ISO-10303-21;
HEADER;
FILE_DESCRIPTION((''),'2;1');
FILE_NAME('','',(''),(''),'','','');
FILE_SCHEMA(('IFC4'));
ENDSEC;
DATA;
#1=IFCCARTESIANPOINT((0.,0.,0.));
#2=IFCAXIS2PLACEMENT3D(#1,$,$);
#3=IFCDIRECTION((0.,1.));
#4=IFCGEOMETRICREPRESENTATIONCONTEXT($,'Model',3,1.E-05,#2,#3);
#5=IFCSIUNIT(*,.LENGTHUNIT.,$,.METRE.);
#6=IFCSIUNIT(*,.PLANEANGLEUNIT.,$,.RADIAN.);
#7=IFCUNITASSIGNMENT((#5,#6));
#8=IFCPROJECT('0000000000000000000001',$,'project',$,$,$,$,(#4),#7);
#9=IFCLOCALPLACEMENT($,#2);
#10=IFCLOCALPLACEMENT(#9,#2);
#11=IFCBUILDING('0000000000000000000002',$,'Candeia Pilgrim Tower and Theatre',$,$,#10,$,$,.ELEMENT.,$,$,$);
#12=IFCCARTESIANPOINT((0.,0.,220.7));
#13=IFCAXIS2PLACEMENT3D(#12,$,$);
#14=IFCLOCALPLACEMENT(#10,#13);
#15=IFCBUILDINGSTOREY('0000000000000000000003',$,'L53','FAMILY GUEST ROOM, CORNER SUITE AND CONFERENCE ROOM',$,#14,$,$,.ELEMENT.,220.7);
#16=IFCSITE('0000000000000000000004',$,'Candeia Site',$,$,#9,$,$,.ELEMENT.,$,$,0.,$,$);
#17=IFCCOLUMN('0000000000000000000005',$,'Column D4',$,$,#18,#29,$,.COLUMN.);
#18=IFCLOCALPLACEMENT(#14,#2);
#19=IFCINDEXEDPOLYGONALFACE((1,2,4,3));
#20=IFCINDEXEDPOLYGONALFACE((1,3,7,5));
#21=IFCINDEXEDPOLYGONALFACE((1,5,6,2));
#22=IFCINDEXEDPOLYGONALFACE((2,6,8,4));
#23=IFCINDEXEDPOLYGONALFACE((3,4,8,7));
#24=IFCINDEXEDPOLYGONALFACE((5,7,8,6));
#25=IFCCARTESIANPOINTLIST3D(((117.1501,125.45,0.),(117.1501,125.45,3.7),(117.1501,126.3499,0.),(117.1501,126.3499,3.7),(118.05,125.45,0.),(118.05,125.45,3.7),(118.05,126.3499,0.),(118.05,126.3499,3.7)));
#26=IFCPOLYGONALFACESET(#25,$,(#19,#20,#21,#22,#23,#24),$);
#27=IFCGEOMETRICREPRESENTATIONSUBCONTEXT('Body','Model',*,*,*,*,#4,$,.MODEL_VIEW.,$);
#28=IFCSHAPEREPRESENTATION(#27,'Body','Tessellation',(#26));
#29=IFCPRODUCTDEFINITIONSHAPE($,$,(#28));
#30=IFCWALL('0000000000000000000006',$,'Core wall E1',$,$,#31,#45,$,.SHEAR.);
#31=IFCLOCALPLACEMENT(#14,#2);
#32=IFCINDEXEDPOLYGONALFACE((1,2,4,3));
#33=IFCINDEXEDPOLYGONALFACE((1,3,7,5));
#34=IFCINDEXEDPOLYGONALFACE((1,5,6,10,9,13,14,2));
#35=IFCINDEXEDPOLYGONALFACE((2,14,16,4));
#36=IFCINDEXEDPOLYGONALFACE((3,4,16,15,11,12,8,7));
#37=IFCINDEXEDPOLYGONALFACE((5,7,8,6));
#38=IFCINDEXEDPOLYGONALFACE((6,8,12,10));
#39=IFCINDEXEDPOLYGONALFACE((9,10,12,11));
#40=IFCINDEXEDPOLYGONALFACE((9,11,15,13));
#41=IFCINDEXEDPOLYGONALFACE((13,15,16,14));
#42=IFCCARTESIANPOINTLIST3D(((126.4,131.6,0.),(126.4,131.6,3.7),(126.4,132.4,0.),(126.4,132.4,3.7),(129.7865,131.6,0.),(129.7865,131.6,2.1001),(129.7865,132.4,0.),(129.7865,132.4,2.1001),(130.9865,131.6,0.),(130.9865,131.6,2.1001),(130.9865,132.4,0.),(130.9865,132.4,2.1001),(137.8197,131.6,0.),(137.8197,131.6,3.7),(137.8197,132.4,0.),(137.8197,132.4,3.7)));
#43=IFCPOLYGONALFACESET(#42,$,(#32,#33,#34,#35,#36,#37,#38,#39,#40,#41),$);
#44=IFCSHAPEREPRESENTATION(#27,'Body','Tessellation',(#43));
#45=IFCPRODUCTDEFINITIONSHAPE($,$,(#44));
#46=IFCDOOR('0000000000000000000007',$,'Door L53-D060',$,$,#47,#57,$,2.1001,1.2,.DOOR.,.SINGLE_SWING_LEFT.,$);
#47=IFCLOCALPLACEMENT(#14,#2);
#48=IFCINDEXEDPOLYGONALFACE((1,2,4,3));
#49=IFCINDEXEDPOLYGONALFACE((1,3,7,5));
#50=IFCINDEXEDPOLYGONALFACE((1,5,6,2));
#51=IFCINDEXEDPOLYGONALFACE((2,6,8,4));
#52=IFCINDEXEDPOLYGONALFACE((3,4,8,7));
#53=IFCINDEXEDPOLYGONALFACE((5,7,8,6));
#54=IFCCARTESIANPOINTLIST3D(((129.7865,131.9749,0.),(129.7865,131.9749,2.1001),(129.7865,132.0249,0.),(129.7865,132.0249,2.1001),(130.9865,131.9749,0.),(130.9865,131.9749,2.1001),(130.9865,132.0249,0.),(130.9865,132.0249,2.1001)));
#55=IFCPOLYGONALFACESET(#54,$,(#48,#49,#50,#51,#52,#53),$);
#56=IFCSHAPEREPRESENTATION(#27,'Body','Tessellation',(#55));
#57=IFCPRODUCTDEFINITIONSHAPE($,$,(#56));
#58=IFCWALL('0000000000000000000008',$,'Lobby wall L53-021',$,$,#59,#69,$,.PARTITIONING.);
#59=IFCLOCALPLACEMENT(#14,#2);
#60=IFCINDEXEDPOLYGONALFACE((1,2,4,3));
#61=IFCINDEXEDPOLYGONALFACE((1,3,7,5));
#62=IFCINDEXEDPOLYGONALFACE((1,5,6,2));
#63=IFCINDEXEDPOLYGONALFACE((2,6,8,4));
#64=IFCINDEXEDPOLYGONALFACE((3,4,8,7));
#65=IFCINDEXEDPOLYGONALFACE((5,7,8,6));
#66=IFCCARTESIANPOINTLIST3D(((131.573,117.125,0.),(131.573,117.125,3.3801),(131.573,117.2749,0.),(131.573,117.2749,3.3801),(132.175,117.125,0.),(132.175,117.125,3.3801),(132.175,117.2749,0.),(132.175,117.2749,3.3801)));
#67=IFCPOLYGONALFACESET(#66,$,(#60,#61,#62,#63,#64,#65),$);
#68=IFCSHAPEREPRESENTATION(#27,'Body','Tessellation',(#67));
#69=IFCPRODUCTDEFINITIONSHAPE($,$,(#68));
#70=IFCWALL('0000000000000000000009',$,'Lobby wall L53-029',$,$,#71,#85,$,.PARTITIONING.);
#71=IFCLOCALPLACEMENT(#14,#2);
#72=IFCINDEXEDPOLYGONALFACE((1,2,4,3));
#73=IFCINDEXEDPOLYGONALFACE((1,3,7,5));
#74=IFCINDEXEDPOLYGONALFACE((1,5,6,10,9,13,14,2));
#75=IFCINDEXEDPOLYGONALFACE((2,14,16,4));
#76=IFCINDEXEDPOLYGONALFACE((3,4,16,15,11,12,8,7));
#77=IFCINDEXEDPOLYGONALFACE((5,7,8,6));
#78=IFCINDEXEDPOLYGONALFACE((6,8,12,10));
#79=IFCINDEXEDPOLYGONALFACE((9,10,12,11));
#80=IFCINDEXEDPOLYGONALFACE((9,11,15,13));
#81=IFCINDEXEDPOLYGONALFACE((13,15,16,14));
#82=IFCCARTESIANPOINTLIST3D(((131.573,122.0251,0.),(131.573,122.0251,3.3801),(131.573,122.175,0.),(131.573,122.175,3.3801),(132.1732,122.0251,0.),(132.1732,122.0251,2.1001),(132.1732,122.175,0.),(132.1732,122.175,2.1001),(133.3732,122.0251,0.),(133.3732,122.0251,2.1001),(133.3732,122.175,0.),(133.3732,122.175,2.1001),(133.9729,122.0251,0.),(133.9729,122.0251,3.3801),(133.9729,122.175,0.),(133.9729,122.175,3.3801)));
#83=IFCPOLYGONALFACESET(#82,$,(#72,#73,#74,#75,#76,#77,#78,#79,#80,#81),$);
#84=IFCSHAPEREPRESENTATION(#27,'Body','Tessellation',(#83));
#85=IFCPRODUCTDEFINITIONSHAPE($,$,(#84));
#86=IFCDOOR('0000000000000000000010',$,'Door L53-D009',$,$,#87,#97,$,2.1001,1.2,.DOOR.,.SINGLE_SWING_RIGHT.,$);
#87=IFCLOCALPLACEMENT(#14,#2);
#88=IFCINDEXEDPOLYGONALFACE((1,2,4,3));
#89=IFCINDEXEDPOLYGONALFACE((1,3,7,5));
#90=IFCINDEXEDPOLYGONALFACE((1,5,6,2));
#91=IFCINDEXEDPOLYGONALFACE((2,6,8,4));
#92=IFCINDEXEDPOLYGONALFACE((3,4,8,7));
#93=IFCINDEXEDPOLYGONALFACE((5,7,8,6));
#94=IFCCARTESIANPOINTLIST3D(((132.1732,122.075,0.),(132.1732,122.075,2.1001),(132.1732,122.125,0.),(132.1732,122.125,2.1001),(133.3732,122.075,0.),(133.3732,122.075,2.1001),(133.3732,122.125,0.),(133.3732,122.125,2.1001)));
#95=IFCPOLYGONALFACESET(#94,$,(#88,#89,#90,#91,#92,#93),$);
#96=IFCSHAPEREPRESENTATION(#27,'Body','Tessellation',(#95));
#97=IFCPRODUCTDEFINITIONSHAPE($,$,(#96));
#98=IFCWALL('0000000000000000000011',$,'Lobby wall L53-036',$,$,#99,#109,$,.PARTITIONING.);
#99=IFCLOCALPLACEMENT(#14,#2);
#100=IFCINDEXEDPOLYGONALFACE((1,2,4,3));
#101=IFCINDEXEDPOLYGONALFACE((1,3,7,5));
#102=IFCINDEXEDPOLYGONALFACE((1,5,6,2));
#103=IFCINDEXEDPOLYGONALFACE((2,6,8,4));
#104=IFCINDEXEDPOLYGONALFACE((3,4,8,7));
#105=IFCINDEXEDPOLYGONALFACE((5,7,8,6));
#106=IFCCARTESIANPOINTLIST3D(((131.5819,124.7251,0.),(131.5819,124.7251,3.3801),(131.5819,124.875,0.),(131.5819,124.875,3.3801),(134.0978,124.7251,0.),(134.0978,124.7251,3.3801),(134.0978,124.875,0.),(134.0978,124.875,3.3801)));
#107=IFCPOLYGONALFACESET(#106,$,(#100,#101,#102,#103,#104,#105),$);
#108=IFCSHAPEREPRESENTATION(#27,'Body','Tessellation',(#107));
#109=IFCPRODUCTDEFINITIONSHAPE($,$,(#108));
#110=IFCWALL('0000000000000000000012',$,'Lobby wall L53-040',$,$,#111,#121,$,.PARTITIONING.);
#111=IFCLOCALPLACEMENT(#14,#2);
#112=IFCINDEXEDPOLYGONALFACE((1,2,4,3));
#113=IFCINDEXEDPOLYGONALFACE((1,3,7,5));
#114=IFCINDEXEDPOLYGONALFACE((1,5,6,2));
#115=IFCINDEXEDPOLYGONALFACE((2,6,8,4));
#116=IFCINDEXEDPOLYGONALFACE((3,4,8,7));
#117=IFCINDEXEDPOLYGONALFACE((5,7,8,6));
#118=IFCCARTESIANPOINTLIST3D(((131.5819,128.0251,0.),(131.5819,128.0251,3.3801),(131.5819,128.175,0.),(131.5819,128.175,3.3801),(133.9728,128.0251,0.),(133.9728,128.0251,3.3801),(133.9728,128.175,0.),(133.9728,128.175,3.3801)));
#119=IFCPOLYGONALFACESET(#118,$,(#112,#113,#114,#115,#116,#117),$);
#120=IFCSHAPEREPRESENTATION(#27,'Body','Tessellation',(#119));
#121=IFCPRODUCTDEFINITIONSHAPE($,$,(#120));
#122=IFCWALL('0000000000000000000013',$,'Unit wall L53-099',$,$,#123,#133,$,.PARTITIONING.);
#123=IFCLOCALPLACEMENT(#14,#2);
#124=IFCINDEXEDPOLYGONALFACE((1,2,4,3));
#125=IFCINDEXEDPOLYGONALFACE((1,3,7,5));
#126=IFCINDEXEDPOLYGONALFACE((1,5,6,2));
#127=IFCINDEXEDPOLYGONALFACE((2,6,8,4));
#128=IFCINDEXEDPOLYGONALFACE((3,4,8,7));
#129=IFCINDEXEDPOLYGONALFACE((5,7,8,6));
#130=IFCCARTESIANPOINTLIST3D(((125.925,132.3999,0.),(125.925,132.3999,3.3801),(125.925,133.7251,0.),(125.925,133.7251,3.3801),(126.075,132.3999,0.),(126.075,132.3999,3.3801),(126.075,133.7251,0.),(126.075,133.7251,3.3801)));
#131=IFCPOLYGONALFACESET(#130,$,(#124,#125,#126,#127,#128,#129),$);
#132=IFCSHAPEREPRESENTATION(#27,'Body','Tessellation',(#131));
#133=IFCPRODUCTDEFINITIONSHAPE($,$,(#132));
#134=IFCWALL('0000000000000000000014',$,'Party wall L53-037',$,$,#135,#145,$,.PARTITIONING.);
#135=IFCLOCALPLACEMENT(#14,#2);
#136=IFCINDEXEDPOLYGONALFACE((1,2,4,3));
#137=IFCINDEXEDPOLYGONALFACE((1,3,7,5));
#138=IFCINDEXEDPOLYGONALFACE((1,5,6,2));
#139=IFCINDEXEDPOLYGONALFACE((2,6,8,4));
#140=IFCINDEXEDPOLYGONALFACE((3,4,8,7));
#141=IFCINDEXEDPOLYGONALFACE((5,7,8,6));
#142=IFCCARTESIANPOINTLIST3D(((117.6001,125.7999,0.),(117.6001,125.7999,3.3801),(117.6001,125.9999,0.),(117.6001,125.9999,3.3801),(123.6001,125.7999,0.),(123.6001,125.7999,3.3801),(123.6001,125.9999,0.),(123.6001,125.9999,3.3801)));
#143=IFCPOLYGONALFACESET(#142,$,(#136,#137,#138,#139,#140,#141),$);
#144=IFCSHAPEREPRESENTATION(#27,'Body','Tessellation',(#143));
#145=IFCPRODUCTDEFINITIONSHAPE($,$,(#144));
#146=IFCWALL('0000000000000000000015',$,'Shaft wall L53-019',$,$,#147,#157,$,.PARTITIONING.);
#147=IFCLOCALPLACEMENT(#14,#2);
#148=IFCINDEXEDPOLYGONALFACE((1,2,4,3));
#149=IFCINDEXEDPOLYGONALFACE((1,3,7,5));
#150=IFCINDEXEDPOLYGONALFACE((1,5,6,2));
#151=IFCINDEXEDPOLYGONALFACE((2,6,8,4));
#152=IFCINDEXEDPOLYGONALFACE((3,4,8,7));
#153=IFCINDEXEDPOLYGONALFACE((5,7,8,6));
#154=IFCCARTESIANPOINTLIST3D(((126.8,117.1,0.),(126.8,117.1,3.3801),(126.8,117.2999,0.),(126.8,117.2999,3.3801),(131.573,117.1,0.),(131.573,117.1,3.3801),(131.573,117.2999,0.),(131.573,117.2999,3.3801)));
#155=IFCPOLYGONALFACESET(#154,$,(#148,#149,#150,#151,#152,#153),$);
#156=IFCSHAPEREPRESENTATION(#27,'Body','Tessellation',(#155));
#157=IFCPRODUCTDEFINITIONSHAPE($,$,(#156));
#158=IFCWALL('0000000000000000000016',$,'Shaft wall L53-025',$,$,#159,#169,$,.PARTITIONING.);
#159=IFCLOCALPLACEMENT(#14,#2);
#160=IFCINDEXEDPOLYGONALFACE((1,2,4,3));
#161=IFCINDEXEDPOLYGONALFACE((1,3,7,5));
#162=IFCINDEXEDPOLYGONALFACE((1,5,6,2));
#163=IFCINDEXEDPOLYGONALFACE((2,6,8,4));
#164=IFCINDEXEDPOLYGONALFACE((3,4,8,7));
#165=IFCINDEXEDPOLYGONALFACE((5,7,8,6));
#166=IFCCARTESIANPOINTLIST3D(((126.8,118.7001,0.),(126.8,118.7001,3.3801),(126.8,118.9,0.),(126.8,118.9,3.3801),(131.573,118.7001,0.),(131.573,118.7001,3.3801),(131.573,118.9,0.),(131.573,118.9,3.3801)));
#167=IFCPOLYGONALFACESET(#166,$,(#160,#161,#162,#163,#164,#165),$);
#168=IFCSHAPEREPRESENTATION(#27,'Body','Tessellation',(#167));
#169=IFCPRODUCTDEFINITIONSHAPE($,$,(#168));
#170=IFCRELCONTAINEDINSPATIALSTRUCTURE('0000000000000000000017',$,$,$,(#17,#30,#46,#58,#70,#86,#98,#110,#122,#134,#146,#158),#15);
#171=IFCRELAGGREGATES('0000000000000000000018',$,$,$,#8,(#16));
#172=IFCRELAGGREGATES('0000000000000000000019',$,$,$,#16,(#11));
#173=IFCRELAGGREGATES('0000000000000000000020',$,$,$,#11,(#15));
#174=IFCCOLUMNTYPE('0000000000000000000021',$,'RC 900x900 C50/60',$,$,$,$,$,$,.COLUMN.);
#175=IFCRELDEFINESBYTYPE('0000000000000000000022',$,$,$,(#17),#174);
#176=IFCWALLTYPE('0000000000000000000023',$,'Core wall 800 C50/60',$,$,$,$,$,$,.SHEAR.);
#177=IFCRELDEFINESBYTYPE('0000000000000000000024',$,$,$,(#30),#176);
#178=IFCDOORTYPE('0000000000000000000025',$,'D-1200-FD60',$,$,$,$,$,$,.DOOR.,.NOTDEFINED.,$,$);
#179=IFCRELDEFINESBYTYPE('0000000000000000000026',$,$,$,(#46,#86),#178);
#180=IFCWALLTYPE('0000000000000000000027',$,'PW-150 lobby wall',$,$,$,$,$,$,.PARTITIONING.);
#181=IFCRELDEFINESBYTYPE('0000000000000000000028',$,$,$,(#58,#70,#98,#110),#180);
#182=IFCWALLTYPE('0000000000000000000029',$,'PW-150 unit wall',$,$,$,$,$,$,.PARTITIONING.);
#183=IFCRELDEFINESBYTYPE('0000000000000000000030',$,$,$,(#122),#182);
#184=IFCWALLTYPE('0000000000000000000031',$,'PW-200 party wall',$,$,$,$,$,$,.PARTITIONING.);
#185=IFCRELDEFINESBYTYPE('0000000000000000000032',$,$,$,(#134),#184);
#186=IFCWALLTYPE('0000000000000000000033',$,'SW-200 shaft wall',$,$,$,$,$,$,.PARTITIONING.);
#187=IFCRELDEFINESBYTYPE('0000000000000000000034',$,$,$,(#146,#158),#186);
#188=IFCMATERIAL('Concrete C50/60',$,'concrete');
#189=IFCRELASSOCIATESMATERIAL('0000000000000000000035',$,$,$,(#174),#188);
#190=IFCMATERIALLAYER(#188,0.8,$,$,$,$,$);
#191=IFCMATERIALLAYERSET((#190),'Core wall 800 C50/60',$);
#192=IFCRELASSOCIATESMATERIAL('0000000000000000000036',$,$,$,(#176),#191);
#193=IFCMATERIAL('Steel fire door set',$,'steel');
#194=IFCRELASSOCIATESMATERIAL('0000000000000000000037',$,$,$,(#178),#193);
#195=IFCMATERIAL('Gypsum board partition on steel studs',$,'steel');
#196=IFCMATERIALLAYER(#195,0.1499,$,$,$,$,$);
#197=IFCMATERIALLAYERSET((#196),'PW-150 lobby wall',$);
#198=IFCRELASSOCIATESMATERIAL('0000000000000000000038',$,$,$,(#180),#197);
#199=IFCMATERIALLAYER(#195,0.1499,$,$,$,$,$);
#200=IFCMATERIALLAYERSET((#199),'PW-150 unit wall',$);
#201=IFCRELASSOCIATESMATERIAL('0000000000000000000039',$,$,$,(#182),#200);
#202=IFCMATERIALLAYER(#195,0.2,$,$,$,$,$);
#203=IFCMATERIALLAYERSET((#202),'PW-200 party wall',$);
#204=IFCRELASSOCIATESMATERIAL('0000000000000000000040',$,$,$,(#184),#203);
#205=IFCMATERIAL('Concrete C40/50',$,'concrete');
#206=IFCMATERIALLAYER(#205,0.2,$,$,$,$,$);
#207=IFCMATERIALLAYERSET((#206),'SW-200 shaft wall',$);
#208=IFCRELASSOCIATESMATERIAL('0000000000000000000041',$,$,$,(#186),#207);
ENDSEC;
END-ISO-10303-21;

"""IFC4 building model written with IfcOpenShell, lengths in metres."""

from ifc_helpers import new_model, si_unit, direction, frame, frame_2d, origin, origin_2d, place, context, subcontext, project, spatial, rectangle, extrude, material, layer, layer_set, material_profile, profile_set, type_object, element, fill, save


model = new_model("IFC4")

# Units and contexts
model_context = context("Model", 3, precision=1e-05, world=origin(), true_north=direction((0.0, 1.0)))
body_context = subcontext(model_context, "Body", "Model", "MODEL_VIEW")
ifc_project = project(units=[si_unit("LENGTHUNIT", "METRE"), si_unit("PLANEANGLEUNIT", "RADIAN")], contexts=[model_context])

# Site, building, storey
site_placement = place(None, origin())
site = spatial("IfcSite", under=ifc_project, at=site_placement, Name="Candeia Site", CompositionType="ELEMENT", RefElevation=0.0)
building_placement = place(site_placement, origin())
building = spatial("IfcBuilding", under=site, at=building_placement, Name="Candeia Pilgrim Tower and Theatre", CompositionType="ELEMENT")
storey_placement = place(building_placement, frame((0.0, 0.0, 220.7)))
storey = spatial("IfcBuildingStorey", under=building, at=storey_placement, Name="L53", Description="FAMILY GUEST ROOM, CORNER SUITE AND CONFERENCE ROOM", CompositionType="ELEMENT", Elevation=220.7)

# Column
ifc_material_1 = material(Name="Concrete C50/60", Category="concrete")
ifc_material_profile = material_profile(ifc_material_1, rectangle(XDim=0.8999, YDim=0.8999, at=origin_2d()))
ifc_profile_set = profile_set([ifc_material_profile], Name="Concrete C50/60")
column_type = type_object("IfcColumnType", Name="RC 900x900 C50/60", PredefinedType="COLUMN", material=ifc_profile_set)
column_placement = place(storey_placement, frame((117.6001, 125.8999, 0.0), z_axis=(0.0, 0.0, 1.0), x_axis=(1.0, 0.0, 0.0)))
element("IfcColumn", 1, at=column_placement, inside=storey, type_object=column_type, Name="Column D4", PredefinedType="COLUMN", context=body_context, shape_type="SweptSolid", body=[
    extrude(rectangle(XDim=0.8999, YDim=0.8999, at=origin_2d()), origin(), (0.0, 0.0, 1.0), 3.7),
])

# Wall, opening, door
ifc_layer_1 = layer(ifc_material_1, 0.8)
ifc_layer_set_1 = layer_set([ifc_layer_1], Name="Core wall 800 C50/60")
wall_type_1 = type_object("IfcWallType", Name="Core wall 800 C50/60", PredefinedType="SHEAR", material=ifc_layer_set_1)
wall_1_placement = place(storey_placement, frame((126.3999, 132.0, 0.0), z_axis=(0.0, 0.0, 1.0), x_axis=(1.0, 0.0, 0.0)))
wall_1 = element("IfcWall", 2, at=wall_1_placement, inside=storey, type_object=wall_type_1, Name="Core wall E1", PredefinedType="SHEAR", context=body_context, shape_type="SweptSolid", body=[
    extrude(rectangle(XDim=11.4197, YDim=0.8, at=frame_2d((5.71, 0.0))), origin(), (0.0, 0.0, 1.0), 3.7),
])
opening_1_placement = place(wall_1_placement, frame((3.3865, 0.0, 0.0)))
opening_1 = element("IfcOpeningElement", 3, at=opening_1_placement, cuts=wall_1, PredefinedType="OPENING", context=body_context, shape_type="SweptSolid", body=[
    extrude(rectangle(XDim=1.2, YDim=2.1001, at=frame_2d((0.6001, 1.05))), frame((0.0, 0.4102, 0.0), z_axis=(0.0, -1.0, 0.0), x_axis=(1.0, 0.0, 0.0)), (0.0, 0.0, 1.0), 0.8201),
])
ifc_material_2 = material(Name="Steel fire door set", Category="steel")
door_type_1 = type_object("IfcDoorType", Name="D-1200-FD60", OperationType="NOTDEFINED", PredefinedType="DOOR", material=ifc_material_2)
door_1_placement = place(opening_1_placement, origin())
door_1 = element("IfcDoor", 4, at=door_1_placement, inside=storey, type_object=door_type_1, Name="Door L53-D060", OperationType="SINGLE_SWING_LEFT", OverallHeight=2.1001, OverallWidth=1.2, PredefinedType="DOOR", context=body_context, shape_type="SweptSolid", body=[
    extrude(rectangle(XDim=1.2, YDim=2.1001, at=frame_2d((0.6001, 1.05))), frame((0.0, 0.0249, 0.0), z_axis=(0.0, -1.0, 0.0), x_axis=(1.0, 0.0, 0.0)), (0.0, 0.0, 1.0), 0.05),
])
fill(opening_1, door_1)

# Wall
ifc_material_3 = material(Name="Gypsum board partition on steel studs", Category="steel")
ifc_layer_2 = layer(ifc_material_3, 0.1499)
ifc_layer_set_2 = layer_set([ifc_layer_2], Name="PW-150 lobby wall")
wall_type_2 = type_object("IfcWallType", Name="PW-150 lobby wall", PredefinedType="PARTITIONING", material=ifc_layer_set_2)
wall_2_placement = place(storey_placement, frame((131.573, 117.2, 0.0), z_axis=(0.0, 0.0, 1.0), x_axis=(1.0, 0.0, 0.0)))
element("IfcWall", 5, at=wall_2_placement, inside=storey, type_object=wall_type_2, Name="Lobby wall L53-021", PredefinedType="PARTITIONING", context=body_context, shape_type="SweptSolid", body=[
    extrude(rectangle(XDim=0.6021, YDim=0.1499, at=frame_2d((0.301, 0.0))), origin(), (0.0, 0.0, 1.0), 3.3801),
])

# Wall, opening, door
wall_3_placement = place(storey_placement, frame((131.573, 122.1001, 0.0), z_axis=(0.0, 0.0, 1.0), x_axis=(1.0, 0.0, 0.0)))
wall_3 = element("IfcWall", 6, at=wall_3_placement, inside=storey, type_object=wall_type_2, Name="Lobby wall L53-029", PredefinedType="PARTITIONING", context=body_context, shape_type="SweptSolid", body=[
    extrude(rectangle(XDim=2.3999, YDim=0.1499, at=frame_2d((1.2, 0.0))), origin(), (0.0, 0.0, 1.0), 3.3801),
])
opening_2_placement = place(wall_3_placement, frame((0.6001, 0.0, 0.0)))
opening_2 = element("IfcOpeningElement", 7, at=opening_2_placement, cuts=wall_3, PredefinedType="OPENING", context=body_context, shape_type="SweptSolid", body=[
    extrude(rectangle(XDim=1.2, YDim=2.1001, at=frame_2d((0.6001, 1.05))), frame((0.0, 0.085, 0.0), z_axis=(0.0, -1.0, 0.0), x_axis=(1.0, 0.0, 0.0)), (0.0, 0.0, 1.0), 0.1699),
])
door_2_placement = place(opening_2_placement, origin())
door_2 = element("IfcDoor", 8, at=door_2_placement, inside=storey, type_object=door_type_1, Name="Door L53-D009", OperationType="SINGLE_SWING_RIGHT", OverallHeight=2.1001, OverallWidth=1.2, PredefinedType="DOOR", context=body_context, shape_type="SweptSolid", body=[
    extrude(rectangle(XDim=1.2, YDim=2.1001, at=frame_2d((0.6001, 1.05))), frame((0.0, 0.0249, 0.0), z_axis=(0.0, -1.0, 0.0), x_axis=(1.0, 0.0, 0.0)), (0.0, 0.0, 1.0), 0.05),
])
fill(opening_2, door_2)

# Walls
wall_4_placement = place(storey_placement, frame((131.582, 124.8, 0.0), z_axis=(0.0, 0.0, 1.0), x_axis=(1.0, 0.0, 0.0)))
element("IfcWall", 9, at=wall_4_placement, inside=storey, type_object=wall_type_2, Name="Lobby wall L53-036", PredefinedType="PARTITIONING", context=body_context, shape_type="SweptSolid", body=[
    extrude(rectangle(XDim=2.5159, YDim=0.1499, at=frame_2d((1.2578, 0.0))), origin(), (0.0, 0.0, 1.0), 3.3801),
])
wall_5_placement = place(storey_placement, frame((131.582, 128.1001, 0.0), z_axis=(0.0, 0.0, 1.0), x_axis=(1.0, 0.0, 0.0)))
element("IfcWall", 10, at=wall_5_placement, inside=storey, type_object=wall_type_2, Name="Lobby wall L53-040", PredefinedType="PARTITIONING", context=body_context, shape_type="SweptSolid", body=[
    extrude(rectangle(XDim=2.3909, YDim=0.1499, at=frame_2d((1.1953, 0.0))), origin(), (0.0, 0.0, 1.0), 3.3801),
])
ifc_layer_3 = layer(ifc_material_3, 0.1499)
ifc_layer_set_3 = layer_set([ifc_layer_3], Name="PW-150 unit wall")
wall_type_3 = type_object("IfcWallType", Name="PW-150 unit wall", PredefinedType="PARTITIONING", material=ifc_layer_set_3)
wall_6_placement = place(storey_placement, frame((126.0, 132.3999, 0.0), z_axis=(0.0, 0.0, 1.0), x_axis=(0.0, 1.0, 0.0)))
element("IfcWall", 11, at=wall_6_placement, inside=storey, type_object=wall_type_3, Name="Unit wall L53-099", PredefinedType="PARTITIONING", context=body_context, shape_type="SweptSolid", body=[
    extrude(rectangle(XDim=1.3252, YDim=0.1499, at=frame_2d((0.6626, 0.0))), origin(), (0.0, 0.0, 1.0), 3.3801),
])
ifc_layer_4 = layer(ifc_material_3, 0.2)
ifc_layer_set_4 = layer_set([ifc_layer_4], Name="PW-200 party wall")
wall_type_4 = type_object("IfcWallType", Name="PW-200 party wall", PredefinedType="PARTITIONING", material=ifc_layer_set_4)
wall_7_placement = place(storey_placement, frame((117.6001, 125.8999, 0.0), z_axis=(0.0, 0.0, 1.0), x_axis=(1.0, 0.0, 0.0)))
element("IfcWall", 12, at=wall_7_placement, inside=storey, type_object=wall_type_4, Name="Party wall L53-037", PredefinedType="PARTITIONING", context=body_context, shape_type="SweptSolid", body=[
    extrude(rectangle(XDim=6.0, YDim=0.2, at=frame_2d((3.0, 0.0))), origin(), (0.0, 0.0, 1.0), 3.3801),
])
ifc_material_4 = material(Name="Concrete C40/50", Category="concrete")
ifc_layer_5 = layer(ifc_material_4, 0.2)
ifc_layer_set_5 = layer_set([ifc_layer_5], Name="SW-200 shaft wall")
wall_type_5 = type_object("IfcWallType", Name="SW-200 shaft wall", PredefinedType="PARTITIONING", material=ifc_layer_set_5)
for number, where, z_axis, x_axis, name in (
    (13, (126.8, 117.2, 0.0), (0.0, 0.0, 1.0), (1.0, 0.0, 0.0), "Shaft wall L53-019"),
    (14, (126.8, 118.8, 0.0), (0.0, 0.0, 1.0), (1.0, 0.0, 0.0), "Shaft wall L53-025"),
):
    element("IfcWall", number, at=place(storey_placement, frame(where, z_axis=z_axis, x_axis=x_axis)), inside=storey, type_object=wall_type_5, Name=name, PredefinedType="PARTITIONING", context=body_context, shape_type="SweptSolid", body=[
        extrude(rectangle(XDim=4.7729, YDim=0.2, at=frame_2d((2.3865, 0.0))), origin(), (0.0, 0.0, 1.0), 3.3801),
    ])

save(model, "model.ifc")
